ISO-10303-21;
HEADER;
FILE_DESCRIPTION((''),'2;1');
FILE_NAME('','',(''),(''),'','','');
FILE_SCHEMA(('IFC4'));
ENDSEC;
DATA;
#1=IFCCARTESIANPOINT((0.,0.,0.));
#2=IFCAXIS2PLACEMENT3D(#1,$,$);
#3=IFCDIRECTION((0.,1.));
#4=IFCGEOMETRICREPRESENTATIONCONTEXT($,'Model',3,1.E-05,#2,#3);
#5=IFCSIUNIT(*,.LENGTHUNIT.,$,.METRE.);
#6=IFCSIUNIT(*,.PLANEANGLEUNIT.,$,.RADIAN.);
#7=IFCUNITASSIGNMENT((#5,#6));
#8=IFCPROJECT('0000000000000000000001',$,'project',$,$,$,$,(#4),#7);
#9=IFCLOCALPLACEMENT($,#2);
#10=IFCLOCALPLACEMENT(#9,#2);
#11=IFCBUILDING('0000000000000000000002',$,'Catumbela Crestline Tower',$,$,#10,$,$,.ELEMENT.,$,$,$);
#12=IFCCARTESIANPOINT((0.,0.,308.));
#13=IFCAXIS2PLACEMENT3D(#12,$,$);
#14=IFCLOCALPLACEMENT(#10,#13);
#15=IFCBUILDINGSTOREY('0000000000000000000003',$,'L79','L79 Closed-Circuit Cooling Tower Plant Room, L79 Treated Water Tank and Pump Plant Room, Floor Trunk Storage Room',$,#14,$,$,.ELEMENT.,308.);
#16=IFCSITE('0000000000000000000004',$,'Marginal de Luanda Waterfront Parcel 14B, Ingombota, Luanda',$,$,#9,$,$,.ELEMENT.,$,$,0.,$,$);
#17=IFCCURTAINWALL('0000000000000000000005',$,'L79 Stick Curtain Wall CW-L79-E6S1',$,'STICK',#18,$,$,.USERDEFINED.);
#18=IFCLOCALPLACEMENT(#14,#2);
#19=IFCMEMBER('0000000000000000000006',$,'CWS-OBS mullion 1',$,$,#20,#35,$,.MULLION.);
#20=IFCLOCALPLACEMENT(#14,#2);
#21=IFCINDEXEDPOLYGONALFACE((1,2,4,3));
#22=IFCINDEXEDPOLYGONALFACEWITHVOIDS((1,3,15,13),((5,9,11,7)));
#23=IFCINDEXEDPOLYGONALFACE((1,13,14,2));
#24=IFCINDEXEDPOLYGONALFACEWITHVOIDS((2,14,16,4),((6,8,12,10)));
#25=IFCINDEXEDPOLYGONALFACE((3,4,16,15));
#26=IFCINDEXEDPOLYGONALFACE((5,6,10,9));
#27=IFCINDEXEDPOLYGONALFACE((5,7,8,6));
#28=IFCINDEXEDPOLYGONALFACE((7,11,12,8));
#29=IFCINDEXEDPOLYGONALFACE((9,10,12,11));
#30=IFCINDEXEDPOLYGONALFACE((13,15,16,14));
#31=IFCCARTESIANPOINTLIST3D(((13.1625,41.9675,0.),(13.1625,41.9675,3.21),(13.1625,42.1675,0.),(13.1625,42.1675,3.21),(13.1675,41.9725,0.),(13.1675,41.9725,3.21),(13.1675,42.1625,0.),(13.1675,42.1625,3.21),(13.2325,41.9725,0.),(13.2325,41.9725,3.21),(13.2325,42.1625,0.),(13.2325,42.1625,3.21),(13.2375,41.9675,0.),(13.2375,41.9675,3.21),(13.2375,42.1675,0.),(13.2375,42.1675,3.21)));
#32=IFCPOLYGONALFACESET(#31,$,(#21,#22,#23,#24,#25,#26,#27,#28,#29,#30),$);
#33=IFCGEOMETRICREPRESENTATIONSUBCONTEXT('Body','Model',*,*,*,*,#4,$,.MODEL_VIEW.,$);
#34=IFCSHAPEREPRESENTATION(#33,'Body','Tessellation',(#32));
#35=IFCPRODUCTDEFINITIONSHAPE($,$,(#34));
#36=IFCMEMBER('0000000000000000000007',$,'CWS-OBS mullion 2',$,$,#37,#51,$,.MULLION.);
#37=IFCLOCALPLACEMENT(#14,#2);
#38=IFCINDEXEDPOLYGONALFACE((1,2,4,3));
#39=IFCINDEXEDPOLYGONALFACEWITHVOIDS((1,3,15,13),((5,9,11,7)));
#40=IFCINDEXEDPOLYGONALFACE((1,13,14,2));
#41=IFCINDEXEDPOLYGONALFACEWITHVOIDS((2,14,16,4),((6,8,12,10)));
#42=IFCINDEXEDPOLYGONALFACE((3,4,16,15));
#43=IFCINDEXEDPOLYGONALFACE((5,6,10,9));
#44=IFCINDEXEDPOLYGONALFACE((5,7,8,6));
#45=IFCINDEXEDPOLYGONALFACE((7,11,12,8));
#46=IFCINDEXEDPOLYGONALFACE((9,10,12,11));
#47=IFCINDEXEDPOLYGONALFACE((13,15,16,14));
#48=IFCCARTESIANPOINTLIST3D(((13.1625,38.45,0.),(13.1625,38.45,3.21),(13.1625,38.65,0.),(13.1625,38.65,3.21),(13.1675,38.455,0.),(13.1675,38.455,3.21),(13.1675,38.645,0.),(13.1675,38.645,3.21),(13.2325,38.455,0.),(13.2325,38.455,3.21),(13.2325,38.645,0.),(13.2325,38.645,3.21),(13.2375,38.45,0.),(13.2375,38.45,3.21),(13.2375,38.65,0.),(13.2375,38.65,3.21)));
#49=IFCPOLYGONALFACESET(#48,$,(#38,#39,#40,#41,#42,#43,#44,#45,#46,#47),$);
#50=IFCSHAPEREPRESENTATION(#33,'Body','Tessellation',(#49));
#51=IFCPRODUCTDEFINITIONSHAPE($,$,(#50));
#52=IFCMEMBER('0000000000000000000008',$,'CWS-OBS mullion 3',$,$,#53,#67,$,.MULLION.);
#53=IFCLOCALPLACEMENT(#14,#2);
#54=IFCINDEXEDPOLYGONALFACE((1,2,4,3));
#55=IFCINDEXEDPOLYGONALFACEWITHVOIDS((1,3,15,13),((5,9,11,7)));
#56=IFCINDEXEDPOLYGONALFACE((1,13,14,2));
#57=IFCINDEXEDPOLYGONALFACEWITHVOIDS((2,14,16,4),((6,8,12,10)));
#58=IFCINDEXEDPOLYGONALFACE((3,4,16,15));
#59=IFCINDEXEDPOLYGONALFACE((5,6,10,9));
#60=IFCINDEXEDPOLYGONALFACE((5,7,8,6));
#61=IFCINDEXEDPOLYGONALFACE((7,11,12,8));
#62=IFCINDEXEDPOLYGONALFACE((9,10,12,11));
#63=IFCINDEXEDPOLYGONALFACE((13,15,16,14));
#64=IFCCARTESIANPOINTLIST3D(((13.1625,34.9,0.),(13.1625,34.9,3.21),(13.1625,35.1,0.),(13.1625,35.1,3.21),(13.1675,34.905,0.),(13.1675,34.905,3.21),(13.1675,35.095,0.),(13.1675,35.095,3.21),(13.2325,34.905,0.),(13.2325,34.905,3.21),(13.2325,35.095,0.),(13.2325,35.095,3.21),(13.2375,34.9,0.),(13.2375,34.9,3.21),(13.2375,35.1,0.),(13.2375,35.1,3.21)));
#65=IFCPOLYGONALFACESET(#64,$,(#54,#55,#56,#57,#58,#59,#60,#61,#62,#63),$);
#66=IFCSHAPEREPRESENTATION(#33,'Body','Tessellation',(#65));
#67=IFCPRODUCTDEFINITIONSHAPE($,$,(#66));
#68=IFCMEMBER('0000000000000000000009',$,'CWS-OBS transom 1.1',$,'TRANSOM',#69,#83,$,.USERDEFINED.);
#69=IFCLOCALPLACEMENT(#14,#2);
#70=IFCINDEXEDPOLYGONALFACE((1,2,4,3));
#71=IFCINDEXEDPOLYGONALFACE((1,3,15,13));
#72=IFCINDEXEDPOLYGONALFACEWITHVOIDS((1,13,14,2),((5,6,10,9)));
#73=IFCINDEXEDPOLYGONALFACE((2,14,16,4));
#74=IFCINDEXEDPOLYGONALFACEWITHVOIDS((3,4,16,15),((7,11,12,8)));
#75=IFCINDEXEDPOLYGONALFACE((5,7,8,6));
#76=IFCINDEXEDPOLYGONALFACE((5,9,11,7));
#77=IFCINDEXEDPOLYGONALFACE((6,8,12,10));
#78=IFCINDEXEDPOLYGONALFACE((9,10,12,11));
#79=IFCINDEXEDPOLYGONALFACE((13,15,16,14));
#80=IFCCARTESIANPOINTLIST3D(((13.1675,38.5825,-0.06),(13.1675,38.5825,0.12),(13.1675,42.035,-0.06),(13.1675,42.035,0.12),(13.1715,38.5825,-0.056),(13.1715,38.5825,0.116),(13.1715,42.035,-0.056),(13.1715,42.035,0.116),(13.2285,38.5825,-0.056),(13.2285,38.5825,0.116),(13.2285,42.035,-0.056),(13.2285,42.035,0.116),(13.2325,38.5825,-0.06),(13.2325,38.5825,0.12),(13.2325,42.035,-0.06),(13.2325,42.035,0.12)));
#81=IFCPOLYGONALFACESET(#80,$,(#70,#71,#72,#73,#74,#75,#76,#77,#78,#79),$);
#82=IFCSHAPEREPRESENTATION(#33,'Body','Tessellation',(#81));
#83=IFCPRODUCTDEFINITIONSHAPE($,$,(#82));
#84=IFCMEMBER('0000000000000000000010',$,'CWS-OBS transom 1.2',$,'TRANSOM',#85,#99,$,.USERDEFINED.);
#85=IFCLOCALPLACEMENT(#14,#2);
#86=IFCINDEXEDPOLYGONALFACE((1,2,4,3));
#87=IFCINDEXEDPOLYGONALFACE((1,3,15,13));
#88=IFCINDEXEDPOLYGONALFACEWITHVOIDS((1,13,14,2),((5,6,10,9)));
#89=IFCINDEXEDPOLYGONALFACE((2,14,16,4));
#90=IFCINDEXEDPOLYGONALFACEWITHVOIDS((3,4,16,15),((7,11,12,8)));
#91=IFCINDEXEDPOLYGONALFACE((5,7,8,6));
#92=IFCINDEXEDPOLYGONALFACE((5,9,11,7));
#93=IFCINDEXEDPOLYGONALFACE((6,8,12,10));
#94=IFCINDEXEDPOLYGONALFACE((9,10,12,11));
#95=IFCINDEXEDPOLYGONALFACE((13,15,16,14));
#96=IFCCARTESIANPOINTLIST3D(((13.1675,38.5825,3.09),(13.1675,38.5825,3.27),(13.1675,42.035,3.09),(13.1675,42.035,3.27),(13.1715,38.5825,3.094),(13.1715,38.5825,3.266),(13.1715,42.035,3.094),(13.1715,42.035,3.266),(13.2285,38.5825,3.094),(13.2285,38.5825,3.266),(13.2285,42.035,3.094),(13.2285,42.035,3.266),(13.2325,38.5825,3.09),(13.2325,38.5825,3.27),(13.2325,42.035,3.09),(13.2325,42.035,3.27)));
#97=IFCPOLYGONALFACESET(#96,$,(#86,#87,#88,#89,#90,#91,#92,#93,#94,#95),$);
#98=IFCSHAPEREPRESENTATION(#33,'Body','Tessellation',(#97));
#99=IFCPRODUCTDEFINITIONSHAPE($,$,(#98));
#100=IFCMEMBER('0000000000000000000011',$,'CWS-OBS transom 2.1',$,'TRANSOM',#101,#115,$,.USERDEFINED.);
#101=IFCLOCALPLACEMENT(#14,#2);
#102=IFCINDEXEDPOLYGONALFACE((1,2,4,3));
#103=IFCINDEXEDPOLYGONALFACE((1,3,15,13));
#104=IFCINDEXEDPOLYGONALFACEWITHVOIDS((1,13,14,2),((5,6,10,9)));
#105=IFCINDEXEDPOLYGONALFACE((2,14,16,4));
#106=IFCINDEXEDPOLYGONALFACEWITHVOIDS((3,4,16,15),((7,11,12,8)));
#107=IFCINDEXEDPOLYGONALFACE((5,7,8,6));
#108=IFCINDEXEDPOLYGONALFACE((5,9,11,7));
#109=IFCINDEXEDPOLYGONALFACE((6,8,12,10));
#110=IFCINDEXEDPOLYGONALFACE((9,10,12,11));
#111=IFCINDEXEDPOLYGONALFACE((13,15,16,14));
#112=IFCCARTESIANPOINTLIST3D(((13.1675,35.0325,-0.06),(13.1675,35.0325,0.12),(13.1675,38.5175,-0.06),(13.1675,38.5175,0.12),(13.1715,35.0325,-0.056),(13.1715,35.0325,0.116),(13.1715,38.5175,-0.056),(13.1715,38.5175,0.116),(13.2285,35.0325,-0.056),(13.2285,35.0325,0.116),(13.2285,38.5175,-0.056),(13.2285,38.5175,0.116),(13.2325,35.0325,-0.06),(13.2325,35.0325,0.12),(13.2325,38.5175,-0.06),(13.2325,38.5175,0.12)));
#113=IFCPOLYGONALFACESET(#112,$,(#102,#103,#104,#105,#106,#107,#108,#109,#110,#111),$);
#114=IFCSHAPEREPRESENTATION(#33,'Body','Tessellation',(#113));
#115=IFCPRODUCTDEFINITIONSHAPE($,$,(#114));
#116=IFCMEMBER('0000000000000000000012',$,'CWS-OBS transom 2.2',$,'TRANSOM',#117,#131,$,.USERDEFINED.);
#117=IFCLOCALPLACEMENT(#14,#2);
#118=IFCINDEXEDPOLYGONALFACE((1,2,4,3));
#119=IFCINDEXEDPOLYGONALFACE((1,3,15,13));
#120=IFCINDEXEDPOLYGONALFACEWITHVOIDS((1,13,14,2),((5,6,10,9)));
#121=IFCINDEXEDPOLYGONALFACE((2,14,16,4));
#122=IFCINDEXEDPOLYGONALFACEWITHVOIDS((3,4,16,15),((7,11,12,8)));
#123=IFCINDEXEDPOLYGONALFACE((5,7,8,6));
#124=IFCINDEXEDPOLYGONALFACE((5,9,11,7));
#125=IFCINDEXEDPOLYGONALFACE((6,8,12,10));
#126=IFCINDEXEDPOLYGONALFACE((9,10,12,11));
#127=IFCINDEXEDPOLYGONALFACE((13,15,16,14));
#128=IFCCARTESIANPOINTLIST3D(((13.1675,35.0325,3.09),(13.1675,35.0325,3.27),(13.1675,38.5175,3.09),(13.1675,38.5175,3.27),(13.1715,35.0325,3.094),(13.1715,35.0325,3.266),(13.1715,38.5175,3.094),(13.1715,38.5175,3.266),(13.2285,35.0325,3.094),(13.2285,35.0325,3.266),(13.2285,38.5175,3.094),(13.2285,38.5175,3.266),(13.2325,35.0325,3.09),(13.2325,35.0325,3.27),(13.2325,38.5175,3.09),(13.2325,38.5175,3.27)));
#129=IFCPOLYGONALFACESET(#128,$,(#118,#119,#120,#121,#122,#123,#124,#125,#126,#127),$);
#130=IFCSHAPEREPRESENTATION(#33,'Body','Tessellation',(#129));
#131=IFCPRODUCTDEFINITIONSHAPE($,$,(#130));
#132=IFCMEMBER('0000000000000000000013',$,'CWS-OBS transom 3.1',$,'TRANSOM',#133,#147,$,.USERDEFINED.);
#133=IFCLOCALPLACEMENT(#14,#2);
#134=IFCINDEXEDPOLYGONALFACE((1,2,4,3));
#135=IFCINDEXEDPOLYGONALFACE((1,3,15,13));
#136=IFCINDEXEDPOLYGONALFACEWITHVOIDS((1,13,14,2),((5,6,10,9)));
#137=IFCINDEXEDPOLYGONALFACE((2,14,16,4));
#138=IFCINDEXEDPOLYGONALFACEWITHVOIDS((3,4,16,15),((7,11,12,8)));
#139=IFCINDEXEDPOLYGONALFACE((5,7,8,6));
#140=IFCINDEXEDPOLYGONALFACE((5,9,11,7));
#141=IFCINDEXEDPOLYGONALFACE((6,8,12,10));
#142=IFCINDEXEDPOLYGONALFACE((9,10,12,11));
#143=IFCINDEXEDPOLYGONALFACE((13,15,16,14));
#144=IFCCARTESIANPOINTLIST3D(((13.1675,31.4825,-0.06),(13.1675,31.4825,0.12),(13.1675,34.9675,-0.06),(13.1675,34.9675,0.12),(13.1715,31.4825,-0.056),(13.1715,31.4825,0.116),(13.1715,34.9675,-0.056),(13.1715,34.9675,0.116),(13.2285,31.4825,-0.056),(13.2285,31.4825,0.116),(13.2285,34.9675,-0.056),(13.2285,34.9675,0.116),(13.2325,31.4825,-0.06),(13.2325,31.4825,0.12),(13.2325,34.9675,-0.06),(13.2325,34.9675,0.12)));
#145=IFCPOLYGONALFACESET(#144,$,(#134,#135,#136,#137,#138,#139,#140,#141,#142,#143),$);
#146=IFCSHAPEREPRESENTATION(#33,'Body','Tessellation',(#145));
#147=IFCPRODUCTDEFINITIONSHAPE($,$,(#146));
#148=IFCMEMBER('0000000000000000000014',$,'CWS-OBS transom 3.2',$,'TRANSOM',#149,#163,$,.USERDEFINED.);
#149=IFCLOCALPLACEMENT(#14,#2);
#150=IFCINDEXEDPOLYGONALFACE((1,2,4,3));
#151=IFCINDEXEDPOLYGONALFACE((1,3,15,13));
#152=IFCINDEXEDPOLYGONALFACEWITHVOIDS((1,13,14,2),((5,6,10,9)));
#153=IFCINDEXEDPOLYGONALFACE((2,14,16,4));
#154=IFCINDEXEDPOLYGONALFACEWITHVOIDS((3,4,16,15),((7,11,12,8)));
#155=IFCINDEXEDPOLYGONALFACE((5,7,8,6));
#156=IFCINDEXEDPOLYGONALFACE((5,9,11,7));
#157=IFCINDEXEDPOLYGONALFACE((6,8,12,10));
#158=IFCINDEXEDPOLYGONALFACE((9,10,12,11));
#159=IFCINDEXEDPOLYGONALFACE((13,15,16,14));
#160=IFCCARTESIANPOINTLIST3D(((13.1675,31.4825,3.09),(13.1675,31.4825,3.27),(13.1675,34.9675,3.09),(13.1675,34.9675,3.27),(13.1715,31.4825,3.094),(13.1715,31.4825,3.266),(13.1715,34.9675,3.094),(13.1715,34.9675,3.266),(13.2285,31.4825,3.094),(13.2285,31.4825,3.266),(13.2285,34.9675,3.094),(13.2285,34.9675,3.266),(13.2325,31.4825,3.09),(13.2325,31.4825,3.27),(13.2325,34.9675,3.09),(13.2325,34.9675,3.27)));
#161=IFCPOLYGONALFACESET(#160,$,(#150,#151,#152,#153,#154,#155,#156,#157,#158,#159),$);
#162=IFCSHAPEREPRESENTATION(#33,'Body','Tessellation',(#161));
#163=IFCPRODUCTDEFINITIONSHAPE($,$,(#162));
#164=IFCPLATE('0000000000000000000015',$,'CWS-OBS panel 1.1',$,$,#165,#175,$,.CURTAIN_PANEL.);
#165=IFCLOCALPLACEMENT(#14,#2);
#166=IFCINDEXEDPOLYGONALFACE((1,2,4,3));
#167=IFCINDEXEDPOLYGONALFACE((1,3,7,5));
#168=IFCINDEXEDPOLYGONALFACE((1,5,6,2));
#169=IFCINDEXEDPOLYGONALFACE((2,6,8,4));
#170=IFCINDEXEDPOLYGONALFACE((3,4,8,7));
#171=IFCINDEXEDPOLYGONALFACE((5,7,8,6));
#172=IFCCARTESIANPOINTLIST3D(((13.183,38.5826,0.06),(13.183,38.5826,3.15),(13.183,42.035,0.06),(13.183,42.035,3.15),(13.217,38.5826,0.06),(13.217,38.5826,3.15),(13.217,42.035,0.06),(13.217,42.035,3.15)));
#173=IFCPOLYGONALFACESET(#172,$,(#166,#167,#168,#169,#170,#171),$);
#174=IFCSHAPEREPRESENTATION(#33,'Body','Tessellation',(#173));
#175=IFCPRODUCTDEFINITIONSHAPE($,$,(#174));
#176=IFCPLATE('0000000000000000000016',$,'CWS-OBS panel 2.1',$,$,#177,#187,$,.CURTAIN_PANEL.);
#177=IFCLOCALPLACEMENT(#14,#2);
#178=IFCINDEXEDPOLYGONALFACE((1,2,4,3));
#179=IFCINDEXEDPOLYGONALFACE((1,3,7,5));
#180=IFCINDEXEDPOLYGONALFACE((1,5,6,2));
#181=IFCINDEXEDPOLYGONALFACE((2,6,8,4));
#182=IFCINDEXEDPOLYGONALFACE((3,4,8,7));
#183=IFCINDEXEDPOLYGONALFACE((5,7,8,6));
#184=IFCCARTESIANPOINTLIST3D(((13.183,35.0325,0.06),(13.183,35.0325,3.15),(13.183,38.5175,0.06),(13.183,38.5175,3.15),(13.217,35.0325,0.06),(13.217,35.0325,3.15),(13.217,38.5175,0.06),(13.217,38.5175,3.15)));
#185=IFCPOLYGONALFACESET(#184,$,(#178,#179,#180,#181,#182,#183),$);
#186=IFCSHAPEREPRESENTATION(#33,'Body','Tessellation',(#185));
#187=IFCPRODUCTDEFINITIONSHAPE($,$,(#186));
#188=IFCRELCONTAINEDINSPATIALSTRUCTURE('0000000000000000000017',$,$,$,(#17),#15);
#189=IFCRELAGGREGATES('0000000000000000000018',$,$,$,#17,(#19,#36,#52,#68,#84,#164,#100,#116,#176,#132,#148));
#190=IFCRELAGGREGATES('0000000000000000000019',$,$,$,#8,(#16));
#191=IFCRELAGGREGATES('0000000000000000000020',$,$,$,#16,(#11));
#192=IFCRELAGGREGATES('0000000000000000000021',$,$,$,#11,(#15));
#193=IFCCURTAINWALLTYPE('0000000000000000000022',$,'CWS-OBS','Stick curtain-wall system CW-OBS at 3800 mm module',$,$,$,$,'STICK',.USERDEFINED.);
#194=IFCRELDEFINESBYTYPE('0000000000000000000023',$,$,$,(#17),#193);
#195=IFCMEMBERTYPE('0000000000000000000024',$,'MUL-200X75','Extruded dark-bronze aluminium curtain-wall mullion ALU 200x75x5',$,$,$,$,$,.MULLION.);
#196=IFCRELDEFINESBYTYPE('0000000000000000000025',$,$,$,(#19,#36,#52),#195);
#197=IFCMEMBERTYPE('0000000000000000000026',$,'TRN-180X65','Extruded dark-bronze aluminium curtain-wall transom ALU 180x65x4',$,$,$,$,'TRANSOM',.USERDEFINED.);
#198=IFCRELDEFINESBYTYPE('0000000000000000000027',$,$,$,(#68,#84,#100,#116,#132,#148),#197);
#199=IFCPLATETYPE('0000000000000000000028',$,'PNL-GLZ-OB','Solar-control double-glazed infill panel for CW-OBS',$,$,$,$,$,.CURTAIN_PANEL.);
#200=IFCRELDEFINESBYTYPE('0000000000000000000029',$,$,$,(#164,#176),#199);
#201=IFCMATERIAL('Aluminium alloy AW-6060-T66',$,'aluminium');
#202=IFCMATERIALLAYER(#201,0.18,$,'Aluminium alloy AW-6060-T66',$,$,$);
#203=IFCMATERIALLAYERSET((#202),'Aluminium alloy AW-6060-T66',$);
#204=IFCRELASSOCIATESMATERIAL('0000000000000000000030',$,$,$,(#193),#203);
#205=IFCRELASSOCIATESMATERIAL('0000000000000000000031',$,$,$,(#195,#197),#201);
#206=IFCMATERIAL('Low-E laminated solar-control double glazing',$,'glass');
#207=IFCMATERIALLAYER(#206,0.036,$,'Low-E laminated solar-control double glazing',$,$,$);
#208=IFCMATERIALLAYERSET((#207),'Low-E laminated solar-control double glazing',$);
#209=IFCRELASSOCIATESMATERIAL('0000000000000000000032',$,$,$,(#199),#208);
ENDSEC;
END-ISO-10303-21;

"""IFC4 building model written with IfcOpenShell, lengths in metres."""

from ifc_helpers import new_model, si_unit, direction, frame, origin, origin_2d, place, context, subcontext, project, spatial, rectangle, hollow_rectangle, extrude, material, layer, layer_set, material_profile, profile_set, type_object, element, aggregate, save


model = new_model("IFC4")

# Units and contexts
model_context = context("Model", 3, precision=1e-05, world=origin(), true_north=direction((0.0, 1.0)))
body_context = subcontext(model_context, "Body", "Model", "MODEL_VIEW")
ifc_project = project(units=[si_unit("LENGTHUNIT", "METRE"), si_unit("PLANEANGLEUNIT", "RADIAN")], contexts=[model_context])

# Site, building, storey
site_placement = place(None, origin())
site = spatial("IfcSite", under=ifc_project, at=site_placement, Name="Marginal de Luanda Waterfront Parcel 14B, Ingombota, Luanda", CompositionType="ELEMENT", RefElevation=0.0)
building_placement = place(site_placement, origin())
building = spatial("IfcBuilding", under=site, at=building_placement, Name="Catumbela Crestline Tower", CompositionType="ELEMENT")
storey_placement = place(building_placement, frame((0.0, 0.0, 308.0)))
storey = spatial("IfcBuildingStorey", under=building, at=storey_placement, Name="L79", Description="L79 Closed-Circuit Cooling Tower Plant Room, L79 Treated Water Tank and Pump Plant Room, Floor Trunk Storage Room", CompositionType="ELEMENT", Elevation=308.0)

# Curtain wall, members, plates
ifc_material_1 = material(Name="Aluminium alloy AW-6060-T66", Category="aluminium")
ifc_layer_1 = layer(ifc_material_1, 0.18, Name="Aluminium alloy AW-6060-T66")
ifc_layer_set_1 = layer_set([ifc_layer_1], Name="Aluminium alloy AW-6060-T66")
curtain_wall_type = type_object("IfcCurtainWallType", Name="CWS-OBS", Description="Stick curtain-wall system CW-OBS at 3800 mm module", ElementType="STICK", PredefinedType="USERDEFINED", material=ifc_layer_set_1)
curtain_wall_placement = place(storey_placement, origin())
curtain_wall = element("IfcCurtainWall", 1, at=curtain_wall_placement, inside=storey, type_object=curtain_wall_type, Name="L79 Stick Curtain Wall CW-L79-E6S1", ObjectType="STICK", PredefinedType="USERDEFINED")
ifc_material_profile_1 = material_profile(ifc_material_1, hollow_rectangle(XDim=0.075, YDim=0.2, WallThickness=0.005, at=origin_2d()), Name="ALU 200x75x5")
ifc_profile_set_1 = profile_set([ifc_material_profile_1], Name="Aluminium alloy AW-6060-T66")
member_type_1 = type_object("IfcMemberType", Name="MUL-200X75", Description="Extruded dark-bronze aluminium curtain-wall mullion ALU 200x75x5", PredefinedType="MULLION", material=ifc_profile_set_1)
member_1_placement = place(storey_placement, frame((13.2, 42.0675, 0.0), z_axis=(0.0, 0.0, 1.0), x_axis=(1.0, 0.0, 0.0)))
member_1 = element("IfcMember", 2, at=member_1_placement, type_object=member_type_1, Name="CWS-OBS mullion 1", PredefinedType="MULLION", context=body_context, shape_type="SweptSolid", body=[
    extrude(hollow_rectangle(XDim=0.075, YDim=0.2, WallThickness=0.005, at=origin_2d()), origin(), (0.0, 0.0, 1.0), 3.21),
])
member_2_placement = place(storey_placement, frame((13.2, 38.55, 0.0), z_axis=(0.0, 0.0, 1.0), x_axis=(1.0, 0.0, 0.0)))
member_2 = element("IfcMember", 3, at=member_2_placement, type_object=member_type_1, Name="CWS-OBS mullion 2", PredefinedType="MULLION", context=body_context, shape_type="SweptSolid", body=[
    extrude(hollow_rectangle(XDim=0.075, YDim=0.2, WallThickness=0.005, at=origin_2d()), origin(), (0.0, 0.0, 1.0), 3.21),
])
member_3_placement = place(storey_placement, frame((13.2, 35.0, 0.0), z_axis=(0.0, 0.0, 1.0), x_axis=(1.0, 0.0, 0.0)))
member_3 = element("IfcMember", 4, at=member_3_placement, type_object=member_type_1, Name="CWS-OBS mullion 3", PredefinedType="MULLION", context=body_context, shape_type="SweptSolid", body=[
    extrude(hollow_rectangle(XDim=0.075, YDim=0.2, WallThickness=0.005, at=origin_2d()), origin(), (0.0, 0.0, 1.0), 3.21),
])
ifc_material_profile_2 = material_profile(ifc_material_1, hollow_rectangle(XDim=0.065, YDim=0.18, WallThickness=0.004, at=origin_2d()), Name="ALU 180x65x4")
ifc_profile_set_2 = profile_set([ifc_material_profile_2], Name="Aluminium alloy AW-6060-T66")
member_type_2 = type_object("IfcMemberType", Name="TRN-180X65", Description="Extruded dark-bronze aluminium curtain-wall transom ALU 180x65x4", ElementType="TRANSOM", PredefinedType="USERDEFINED", material=ifc_profile_set_2)
member_4_placement = place(storey_placement, frame((13.2, 42.035, 0.03), z_axis=(0.0, -1.0, 0.0), x_axis=(1.0, 0.0, 0.0)))
member_4 = element("IfcMember", 5, at=member_4_placement, type_object=member_type_2, Name="CWS-OBS transom 1.1", ObjectType="TRANSOM", PredefinedType="USERDEFINED", context=body_context, shape_type="SweptSolid", body=[
    extrude(hollow_rectangle(XDim=0.065, YDim=0.18, WallThickness=0.004, at=origin_2d()), origin(), (0.0, 0.0, 1.0), 3.4525),
])
member_5_placement = place(storey_placement, frame((13.2, 42.035, 3.18), z_axis=(0.0, -1.0, 0.0), x_axis=(1.0, 0.0, 0.0)))
member_5 = element("IfcMember", 6, at=member_5_placement, type_object=member_type_2, Name="CWS-OBS transom 1.2", ObjectType="TRANSOM", PredefinedType="USERDEFINED", context=body_context, shape_type="SweptSolid", body=[
    extrude(hollow_rectangle(XDim=0.065, YDim=0.18, WallThickness=0.004, at=origin_2d()), origin(), (0.0, 0.0, 1.0), 3.4525),
])
member_6_placement = place(storey_placement, frame((13.2, 38.5175, 0.03), z_axis=(0.0, -1.0, 0.0), x_axis=(1.0, 0.0, 0.0)))
member_6 = element("IfcMember", 7, at=member_6_placement, type_object=member_type_2, Name="CWS-OBS transom 2.1", ObjectType="TRANSOM", PredefinedType="USERDEFINED", context=body_context, shape_type="SweptSolid", body=[
    extrude(hollow_rectangle(XDim=0.065, YDim=0.18, WallThickness=0.004, at=origin_2d()), origin(), (0.0, 0.0, 1.0), 3.485),
])
member_7_placement = place(storey_placement, frame((13.2, 38.5175, 3.18), z_axis=(0.0, -1.0, 0.0), x_axis=(1.0, 0.0, 0.0)))
member_7 = element("IfcMember", 8, at=member_7_placement, type_object=member_type_2, Name="CWS-OBS transom 2.2", ObjectType="TRANSOM", PredefinedType="USERDEFINED", context=body_context, shape_type="SweptSolid", body=[
    extrude(hollow_rectangle(XDim=0.065, YDim=0.18, WallThickness=0.004, at=origin_2d()), origin(), (0.0, 0.0, 1.0), 3.485),
])
member_8_placement = place(storey_placement, frame((13.2, 34.9675, 0.03), z_axis=(0.0, -1.0, 0.0), x_axis=(1.0, 0.0, 0.0)))
member_8 = element("IfcMember", 9, at=member_8_placement, type_object=member_type_2, Name="CWS-OBS transom 3.1", ObjectType="TRANSOM", PredefinedType="USERDEFINED", context=body_context, shape_type="SweptSolid", body=[
    extrude(hollow_rectangle(XDim=0.065, YDim=0.18, WallThickness=0.004, at=origin_2d()), origin(), (0.0, 0.0, 1.0), 3.485),
])
member_9_placement = place(storey_placement, frame((13.2, 34.9675, 3.18), z_axis=(0.0, -1.0, 0.0), x_axis=(1.0, 0.0, 0.0)))
member_9 = element("IfcMember", 10, at=member_9_placement, type_object=member_type_2, Name="CWS-OBS transom 3.2", ObjectType="TRANSOM", PredefinedType="USERDEFINED", context=body_context, shape_type="SweptSolid", body=[
    extrude(hollow_rectangle(XDim=0.065, YDim=0.18, WallThickness=0.004, at=origin_2d()), origin(), (0.0, 0.0, 1.0), 3.485),
])
ifc_material_2 = material(Name="Low-E laminated solar-control double glazing", Category="glass")
ifc_layer_2 = layer(ifc_material_2, 0.036, Name="Low-E laminated solar-control double glazing")
ifc_layer_set_2 = layer_set([ifc_layer_2], Name="Low-E laminated solar-control double glazing")
plate_type = type_object("IfcPlateType", Name="PNL-GLZ-OB", Description="Solar-control double-glazed infill panel for CW-OBS", PredefinedType="CURTAIN_PANEL", material=ifc_layer_set_2)
plate_1_placement = place(storey_placement, frame((13.2, 40.3088, 0.06), z_axis=(0.0, 0.0, 1.0), x_axis=(0.0, -1.0, 0.0)))
plate_1 = element("IfcPlate", 11, at=plate_1_placement, type_object=plate_type, Name="CWS-OBS panel 1.1", PredefinedType="CURTAIN_PANEL", context=body_context, shape_type="SweptSolid", body=[
    extrude(rectangle(XDim=3.4525, YDim=0.034, at=origin_2d()), origin(), (0.0, 0.0, 1.0), 3.09),
])
plate_2_placement = place(storey_placement, frame((13.2, 36.775, 0.06), z_axis=(0.0, 0.0, 1.0), x_axis=(0.0, -1.0, 0.0)))
plate_2 = element("IfcPlate", 12, at=plate_2_placement, type_object=plate_type, Name="CWS-OBS panel 2.1", PredefinedType="CURTAIN_PANEL", context=body_context, shape_type="SweptSolid", body=[
    extrude(rectangle(XDim=3.485, YDim=0.034, at=origin_2d()), origin(), (0.0, 0.0, 1.0), 3.09),
])
aggregate(curtain_wall, [member_1, member_2, member_3, member_4, member_5, plate_1, member_6, member_7, plate_2, member_8, member_9])

save(model, "model.ifc")
